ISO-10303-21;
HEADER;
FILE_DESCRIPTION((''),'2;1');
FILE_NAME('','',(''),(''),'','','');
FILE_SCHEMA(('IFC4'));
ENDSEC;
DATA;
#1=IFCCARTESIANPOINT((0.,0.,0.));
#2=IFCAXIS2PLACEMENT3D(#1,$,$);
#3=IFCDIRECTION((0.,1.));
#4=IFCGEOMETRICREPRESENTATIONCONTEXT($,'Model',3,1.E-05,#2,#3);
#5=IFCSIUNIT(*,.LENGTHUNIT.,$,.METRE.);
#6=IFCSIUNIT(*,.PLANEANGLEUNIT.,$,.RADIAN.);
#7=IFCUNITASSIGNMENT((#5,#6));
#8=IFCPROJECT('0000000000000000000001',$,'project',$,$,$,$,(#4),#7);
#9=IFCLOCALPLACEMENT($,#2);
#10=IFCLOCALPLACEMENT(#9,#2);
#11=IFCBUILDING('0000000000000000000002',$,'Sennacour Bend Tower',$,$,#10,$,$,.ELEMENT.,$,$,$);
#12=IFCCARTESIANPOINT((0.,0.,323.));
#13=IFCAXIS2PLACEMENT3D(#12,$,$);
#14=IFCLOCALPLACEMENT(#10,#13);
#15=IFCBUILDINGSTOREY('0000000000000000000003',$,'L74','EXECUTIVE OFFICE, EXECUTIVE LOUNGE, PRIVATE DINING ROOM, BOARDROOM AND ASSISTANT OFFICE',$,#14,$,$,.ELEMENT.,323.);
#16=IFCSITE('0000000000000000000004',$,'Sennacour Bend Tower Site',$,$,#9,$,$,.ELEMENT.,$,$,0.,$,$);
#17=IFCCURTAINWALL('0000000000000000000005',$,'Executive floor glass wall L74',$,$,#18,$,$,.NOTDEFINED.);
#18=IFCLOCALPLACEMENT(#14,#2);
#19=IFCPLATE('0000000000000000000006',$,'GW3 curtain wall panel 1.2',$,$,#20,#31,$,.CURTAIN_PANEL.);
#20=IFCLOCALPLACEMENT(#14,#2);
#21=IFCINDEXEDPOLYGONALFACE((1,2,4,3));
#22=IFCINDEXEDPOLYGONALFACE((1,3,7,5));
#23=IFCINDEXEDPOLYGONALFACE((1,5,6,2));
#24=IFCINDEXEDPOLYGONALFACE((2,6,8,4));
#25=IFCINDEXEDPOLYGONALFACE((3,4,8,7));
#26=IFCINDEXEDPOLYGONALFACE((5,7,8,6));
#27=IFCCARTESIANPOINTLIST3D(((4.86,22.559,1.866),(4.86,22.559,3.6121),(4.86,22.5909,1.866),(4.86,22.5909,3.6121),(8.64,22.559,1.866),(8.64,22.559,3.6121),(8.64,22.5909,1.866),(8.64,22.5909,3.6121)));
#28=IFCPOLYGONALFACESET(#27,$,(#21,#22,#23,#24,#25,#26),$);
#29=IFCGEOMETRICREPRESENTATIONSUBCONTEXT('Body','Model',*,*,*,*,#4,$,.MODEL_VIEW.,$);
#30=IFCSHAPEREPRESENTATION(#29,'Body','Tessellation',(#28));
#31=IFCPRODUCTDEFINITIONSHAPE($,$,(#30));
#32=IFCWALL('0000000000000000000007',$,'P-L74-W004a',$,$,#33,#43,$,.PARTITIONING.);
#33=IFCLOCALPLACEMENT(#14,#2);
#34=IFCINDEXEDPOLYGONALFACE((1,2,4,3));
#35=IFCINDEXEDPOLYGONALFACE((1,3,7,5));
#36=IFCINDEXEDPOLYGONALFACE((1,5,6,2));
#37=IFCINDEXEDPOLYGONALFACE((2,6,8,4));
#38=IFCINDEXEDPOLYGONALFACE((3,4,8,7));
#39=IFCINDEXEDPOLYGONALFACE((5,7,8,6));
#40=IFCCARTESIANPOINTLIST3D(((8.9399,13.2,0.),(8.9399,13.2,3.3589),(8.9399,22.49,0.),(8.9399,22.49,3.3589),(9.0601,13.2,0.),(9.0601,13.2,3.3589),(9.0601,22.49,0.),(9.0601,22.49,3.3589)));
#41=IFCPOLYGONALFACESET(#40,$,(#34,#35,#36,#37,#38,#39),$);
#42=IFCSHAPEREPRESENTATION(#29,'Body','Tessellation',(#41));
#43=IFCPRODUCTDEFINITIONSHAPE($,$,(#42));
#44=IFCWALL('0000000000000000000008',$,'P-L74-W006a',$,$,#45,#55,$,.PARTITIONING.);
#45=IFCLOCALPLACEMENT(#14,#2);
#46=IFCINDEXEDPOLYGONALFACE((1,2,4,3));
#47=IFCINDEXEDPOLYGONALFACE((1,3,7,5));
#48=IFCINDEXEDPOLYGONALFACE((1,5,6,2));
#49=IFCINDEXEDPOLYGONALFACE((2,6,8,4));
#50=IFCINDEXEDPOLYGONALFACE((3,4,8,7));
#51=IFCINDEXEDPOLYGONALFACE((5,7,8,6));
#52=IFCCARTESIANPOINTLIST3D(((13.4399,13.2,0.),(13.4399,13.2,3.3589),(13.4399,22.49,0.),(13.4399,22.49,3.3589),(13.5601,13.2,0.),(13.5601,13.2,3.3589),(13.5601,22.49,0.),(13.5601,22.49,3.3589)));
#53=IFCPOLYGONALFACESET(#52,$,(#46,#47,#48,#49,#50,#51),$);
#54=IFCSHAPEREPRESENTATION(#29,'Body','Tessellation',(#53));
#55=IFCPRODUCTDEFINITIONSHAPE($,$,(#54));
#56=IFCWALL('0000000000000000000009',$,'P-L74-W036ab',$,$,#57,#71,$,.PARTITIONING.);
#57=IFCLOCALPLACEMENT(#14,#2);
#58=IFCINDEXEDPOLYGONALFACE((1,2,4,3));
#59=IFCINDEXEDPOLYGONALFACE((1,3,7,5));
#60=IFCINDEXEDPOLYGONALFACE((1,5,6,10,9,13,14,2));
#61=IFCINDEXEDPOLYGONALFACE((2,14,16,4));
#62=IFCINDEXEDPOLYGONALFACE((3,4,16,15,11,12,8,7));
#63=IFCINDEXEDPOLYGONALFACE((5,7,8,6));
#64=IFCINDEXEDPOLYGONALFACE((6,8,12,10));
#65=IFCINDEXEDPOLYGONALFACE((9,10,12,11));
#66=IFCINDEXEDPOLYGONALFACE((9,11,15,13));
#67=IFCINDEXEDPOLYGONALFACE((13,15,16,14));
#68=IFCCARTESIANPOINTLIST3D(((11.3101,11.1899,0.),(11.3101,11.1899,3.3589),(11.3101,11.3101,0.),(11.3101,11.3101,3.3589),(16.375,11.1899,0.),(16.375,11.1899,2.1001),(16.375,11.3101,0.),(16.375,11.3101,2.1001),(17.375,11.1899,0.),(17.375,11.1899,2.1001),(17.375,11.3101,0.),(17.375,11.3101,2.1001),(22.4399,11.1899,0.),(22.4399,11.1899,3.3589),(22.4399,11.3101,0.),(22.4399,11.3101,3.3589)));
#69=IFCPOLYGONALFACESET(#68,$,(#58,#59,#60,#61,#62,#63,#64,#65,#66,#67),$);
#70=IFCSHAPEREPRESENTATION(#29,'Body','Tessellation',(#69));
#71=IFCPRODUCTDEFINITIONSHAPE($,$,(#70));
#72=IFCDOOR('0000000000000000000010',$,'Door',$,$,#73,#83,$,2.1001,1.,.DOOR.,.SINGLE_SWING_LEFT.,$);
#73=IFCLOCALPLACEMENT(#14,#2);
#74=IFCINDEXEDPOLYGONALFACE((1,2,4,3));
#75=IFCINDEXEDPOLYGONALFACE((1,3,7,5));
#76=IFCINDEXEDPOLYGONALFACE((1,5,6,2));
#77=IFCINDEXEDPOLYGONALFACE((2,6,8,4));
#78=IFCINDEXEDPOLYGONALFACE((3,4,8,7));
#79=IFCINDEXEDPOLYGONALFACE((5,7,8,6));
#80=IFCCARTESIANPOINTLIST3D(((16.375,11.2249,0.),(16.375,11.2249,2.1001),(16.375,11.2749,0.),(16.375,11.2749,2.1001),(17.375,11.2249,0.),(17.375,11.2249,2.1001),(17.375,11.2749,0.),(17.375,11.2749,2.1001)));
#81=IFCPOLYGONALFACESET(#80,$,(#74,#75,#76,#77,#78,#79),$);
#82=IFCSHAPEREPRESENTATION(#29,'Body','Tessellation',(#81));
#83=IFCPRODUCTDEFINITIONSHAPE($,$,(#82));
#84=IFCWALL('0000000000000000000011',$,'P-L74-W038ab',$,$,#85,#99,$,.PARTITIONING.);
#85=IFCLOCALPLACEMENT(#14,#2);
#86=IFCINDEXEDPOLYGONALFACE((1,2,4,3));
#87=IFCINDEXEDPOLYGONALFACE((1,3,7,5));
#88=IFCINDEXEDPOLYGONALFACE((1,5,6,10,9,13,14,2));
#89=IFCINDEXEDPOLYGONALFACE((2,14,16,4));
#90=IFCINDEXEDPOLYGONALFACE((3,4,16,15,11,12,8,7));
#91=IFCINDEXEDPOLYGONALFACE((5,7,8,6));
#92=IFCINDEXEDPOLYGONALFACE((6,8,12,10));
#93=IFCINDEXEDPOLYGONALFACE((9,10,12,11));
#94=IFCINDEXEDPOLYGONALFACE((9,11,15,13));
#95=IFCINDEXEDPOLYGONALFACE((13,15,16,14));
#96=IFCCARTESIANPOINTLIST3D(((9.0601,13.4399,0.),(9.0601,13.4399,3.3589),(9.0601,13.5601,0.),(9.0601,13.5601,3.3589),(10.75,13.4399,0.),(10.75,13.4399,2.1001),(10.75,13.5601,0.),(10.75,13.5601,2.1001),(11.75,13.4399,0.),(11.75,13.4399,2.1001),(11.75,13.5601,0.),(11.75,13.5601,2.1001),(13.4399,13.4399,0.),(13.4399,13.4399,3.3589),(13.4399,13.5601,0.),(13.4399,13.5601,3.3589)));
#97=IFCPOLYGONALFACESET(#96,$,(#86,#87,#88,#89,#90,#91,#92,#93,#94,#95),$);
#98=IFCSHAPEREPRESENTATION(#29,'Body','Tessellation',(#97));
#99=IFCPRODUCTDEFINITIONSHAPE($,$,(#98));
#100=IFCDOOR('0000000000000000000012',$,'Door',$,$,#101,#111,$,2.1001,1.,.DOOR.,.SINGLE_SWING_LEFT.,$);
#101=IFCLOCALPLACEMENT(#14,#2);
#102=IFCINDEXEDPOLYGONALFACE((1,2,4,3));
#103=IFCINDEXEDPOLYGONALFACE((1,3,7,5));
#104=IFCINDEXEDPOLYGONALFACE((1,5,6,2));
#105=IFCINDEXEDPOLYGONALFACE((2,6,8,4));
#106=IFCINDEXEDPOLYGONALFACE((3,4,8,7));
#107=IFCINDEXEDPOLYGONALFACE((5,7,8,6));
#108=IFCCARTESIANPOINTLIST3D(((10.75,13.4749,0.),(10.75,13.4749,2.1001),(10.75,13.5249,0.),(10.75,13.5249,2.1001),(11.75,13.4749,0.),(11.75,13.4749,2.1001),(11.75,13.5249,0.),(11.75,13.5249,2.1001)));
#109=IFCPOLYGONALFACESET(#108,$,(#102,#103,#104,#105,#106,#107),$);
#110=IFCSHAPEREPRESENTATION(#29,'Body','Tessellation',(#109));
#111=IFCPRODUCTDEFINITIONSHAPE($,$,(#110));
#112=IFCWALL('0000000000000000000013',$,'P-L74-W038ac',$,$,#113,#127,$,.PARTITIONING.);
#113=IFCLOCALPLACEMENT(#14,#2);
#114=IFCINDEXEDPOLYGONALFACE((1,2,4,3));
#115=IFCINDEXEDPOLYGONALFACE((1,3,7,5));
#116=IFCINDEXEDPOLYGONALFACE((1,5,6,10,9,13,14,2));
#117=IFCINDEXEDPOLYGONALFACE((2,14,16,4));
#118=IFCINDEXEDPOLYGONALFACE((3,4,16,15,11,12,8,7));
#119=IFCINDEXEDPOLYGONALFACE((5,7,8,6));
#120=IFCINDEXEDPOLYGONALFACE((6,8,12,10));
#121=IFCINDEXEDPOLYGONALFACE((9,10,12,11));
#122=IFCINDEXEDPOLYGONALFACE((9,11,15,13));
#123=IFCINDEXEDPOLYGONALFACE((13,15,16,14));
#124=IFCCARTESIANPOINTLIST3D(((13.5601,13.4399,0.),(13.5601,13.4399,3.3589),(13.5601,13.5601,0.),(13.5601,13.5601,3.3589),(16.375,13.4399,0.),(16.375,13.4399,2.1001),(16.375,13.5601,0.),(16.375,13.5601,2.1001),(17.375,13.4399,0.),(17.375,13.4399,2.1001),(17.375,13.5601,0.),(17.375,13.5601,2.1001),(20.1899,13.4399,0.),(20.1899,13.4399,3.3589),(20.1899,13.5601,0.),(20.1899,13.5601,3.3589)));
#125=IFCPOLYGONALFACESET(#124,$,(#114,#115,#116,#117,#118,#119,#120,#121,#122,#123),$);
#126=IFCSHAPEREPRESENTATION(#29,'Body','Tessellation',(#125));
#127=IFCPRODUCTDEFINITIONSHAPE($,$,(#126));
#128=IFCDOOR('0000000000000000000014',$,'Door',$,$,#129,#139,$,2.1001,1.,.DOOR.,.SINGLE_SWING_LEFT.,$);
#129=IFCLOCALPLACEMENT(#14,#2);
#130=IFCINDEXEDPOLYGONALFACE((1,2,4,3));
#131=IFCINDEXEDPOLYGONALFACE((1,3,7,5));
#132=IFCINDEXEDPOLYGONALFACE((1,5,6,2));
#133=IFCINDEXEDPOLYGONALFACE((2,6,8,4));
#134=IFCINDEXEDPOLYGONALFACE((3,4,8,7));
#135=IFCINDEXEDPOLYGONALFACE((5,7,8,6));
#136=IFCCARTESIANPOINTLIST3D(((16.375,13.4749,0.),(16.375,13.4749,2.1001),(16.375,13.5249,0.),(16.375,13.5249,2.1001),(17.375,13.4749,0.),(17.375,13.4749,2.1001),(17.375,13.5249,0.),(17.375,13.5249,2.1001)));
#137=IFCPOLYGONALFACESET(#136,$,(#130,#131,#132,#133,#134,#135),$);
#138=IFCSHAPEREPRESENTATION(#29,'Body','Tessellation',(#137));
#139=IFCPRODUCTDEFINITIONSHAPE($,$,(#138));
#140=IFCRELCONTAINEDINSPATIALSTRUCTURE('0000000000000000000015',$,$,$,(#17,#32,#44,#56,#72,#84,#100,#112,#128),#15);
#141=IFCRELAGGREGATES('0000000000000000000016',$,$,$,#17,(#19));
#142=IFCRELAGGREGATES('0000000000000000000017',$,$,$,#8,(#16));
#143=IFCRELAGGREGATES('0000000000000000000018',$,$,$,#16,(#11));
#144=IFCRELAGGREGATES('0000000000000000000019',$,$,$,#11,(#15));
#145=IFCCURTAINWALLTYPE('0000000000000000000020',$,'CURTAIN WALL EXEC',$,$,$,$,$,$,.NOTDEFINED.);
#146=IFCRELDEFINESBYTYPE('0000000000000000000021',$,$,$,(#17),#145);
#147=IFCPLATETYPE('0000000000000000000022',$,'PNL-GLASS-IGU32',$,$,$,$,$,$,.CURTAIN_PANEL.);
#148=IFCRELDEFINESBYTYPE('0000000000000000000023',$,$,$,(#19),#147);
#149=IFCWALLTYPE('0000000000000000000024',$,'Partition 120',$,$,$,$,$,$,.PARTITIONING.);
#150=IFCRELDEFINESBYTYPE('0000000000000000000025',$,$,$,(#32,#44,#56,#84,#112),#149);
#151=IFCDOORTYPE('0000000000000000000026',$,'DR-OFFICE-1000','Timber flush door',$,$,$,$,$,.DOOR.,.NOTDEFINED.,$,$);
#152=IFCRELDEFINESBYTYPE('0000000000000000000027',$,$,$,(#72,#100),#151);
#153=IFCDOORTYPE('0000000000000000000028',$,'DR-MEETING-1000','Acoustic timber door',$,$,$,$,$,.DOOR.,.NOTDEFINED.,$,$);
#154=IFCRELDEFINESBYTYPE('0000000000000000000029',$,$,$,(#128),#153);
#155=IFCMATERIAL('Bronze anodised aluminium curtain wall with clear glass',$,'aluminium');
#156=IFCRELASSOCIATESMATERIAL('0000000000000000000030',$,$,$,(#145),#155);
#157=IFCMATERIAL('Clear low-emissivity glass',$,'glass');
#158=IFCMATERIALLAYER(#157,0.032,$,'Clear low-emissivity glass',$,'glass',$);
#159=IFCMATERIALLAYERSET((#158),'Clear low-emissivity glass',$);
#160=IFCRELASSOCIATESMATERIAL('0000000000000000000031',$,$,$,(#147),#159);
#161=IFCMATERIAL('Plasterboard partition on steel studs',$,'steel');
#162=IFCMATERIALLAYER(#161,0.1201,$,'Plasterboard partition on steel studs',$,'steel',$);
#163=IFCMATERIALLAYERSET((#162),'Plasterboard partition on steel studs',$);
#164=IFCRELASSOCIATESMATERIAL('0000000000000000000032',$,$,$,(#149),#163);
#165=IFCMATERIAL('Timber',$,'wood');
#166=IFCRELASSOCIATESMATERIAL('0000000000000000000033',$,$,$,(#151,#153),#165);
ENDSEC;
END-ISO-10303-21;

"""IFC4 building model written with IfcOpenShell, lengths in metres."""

from ifc_helpers import new_model, si_unit, direction, frame, frame_2d, origin, origin_2d, place, context, subcontext, project, spatial, rectangle, extrude, material, layer, layer_set, type_object, element, fill, aggregate, save


model = new_model("IFC4")

# Units and contexts
model_context = context("Model", 3, precision=1e-05, world=origin(), true_north=direction((0.0, 1.0)))
body_context = subcontext(model_context, "Body", "Model", "MODEL_VIEW")
ifc_project = project(units=[si_unit("LENGTHUNIT", "METRE"), si_unit("PLANEANGLEUNIT", "RADIAN")], contexts=[model_context])

# Site, building, storey
site_placement = place(None, origin())
site = spatial("IfcSite", under=ifc_project, at=site_placement, Name="Sennacour Bend Tower Site", CompositionType="ELEMENT", RefElevation=0.0)
building_placement = place(site_placement, origin())
building = spatial("IfcBuilding", under=site, at=building_placement, Name="Sennacour Bend Tower", CompositionType="ELEMENT")
storey_placement = place(building_placement, frame((0.0, 0.0, 323.0)))
storey = spatial("IfcBuildingStorey", under=building, at=storey_placement, Name="L74", Description="EXECUTIVE OFFICE, EXECUTIVE LOUNGE, PRIVATE DINING ROOM, BOARDROOM AND ASSISTANT OFFICE", CompositionType="ELEMENT", Elevation=323.0)

# Shared definitions
ifc_material_1 = material(Name="Bronze anodised aluminium curtain wall with clear glass", Category="aluminium")
curtain_wall_type = type_object("IfcCurtainWallType", Name="CURTAIN WALL EXEC", PredefinedType="NOTDEFINED", material=ifc_material_1)

# Curtain wall
curtain_wall_1_placement = place(storey_placement, origin())
curtain_wall_1 = element("IfcCurtainWall", 1, at=curtain_wall_1_placement, inside=storey, type_object=curtain_wall_type, Name="Executive floor glass wall L74", PredefinedType="NOTDEFINED")

# Plate
ifc_material_2 = material(Name="Clear low-emissivity glass", Category="glass")
ifc_layer_1 = layer(ifc_material_2, 0.032, Name="Clear low-emissivity glass", Category="glass")
ifc_layer_set_1 = layer_set([ifc_layer_1], Name="Clear low-emissivity glass")
plate_type = type_object("IfcPlateType", Name="PNL-GLASS-IGU32", PredefinedType="CURTAIN_PANEL", material=ifc_layer_set_1)
plate_1_placement = place(storey_placement, frame((6.75, 22.575, 1.866), z_axis=(0.0, 0.0, 1.0), x_axis=(-1.0, 0.0, 0.0)))
plate_1 = element("IfcPlate", 2, at=plate_1_placement, type_object=plate_type, Name="GW3 curtain wall panel 1.2", PredefinedType="CURTAIN_PANEL", context=body_context, shape_type="SweptSolid", body=[
    extrude(rectangle(XDim=3.78, YDim=0.032, at=origin_2d()), origin(), (0.0, 0.0, 1.0), 1.7461),
])
aggregate(curtain_wall_1, [plate_1])

# Walls
ifc_material_3 = material(Name="Plasterboard partition on steel studs", Category="steel")
ifc_layer_2 = layer(ifc_material_3, 0.1201, Name="Plasterboard partition on steel studs", Category="steel")
ifc_layer_set_2 = layer_set([ifc_layer_2], Name="Plasterboard partition on steel studs")
wall_type = type_object("IfcWallType", Name="Partition 120", PredefinedType="PARTITIONING", material=ifc_layer_set_2)
for number, where, z_axis, x_axis, name in (
    (3, (9.0, 13.2, 0.0), (0.0, 0.0, 1.0), (0.0, 1.0, 0.0), "P-L74-W004a"),
    (4, (13.5, 13.2, 0.0), (0.0, 0.0, 1.0), (0.0, 1.0, 0.0), "P-L74-W006a"),
):
    element("IfcWall", number, at=place(storey_placement, frame(where, z_axis=z_axis, x_axis=x_axis)), inside=storey, type_object=wall_type, Name=name, PredefinedType="PARTITIONING", context=body_context, shape_type="SweptSolid", body=[
        extrude(rectangle(XDim=9.29, YDim=0.1201, at=frame_2d((4.645, 0.0))), origin(), (0.0, 0.0, 1.0), 3.3589),
    ])

# Walls, openings, doors
wall_1_placement = place(storey_placement, frame((11.3101, 11.25, 0.0), z_axis=(0.0, 0.0, 1.0), x_axis=(1.0, 0.0, 0.0)))
wall_1 = element("IfcWall", 5, at=wall_1_placement, inside=storey, type_object=wall_type, Name="P-L74-W036ab", PredefinedType="PARTITIONING", context=body_context, shape_type="SweptSolid", body=[
    extrude(rectangle(XDim=11.1299, YDim=0.1201, at=frame_2d((5.5649, 0.0))), origin(), (0.0, 0.0, 1.0), 3.3589),
])
opening_1_placement = place(wall_1_placement, frame((5.0649, 0.0, 0.0)))
opening_1 = element("IfcOpeningElement", 6, at=opening_1_placement, cuts=wall_1, PredefinedType="OPENING", context=body_context, shape_type="SweptSolid", body=[
    extrude(rectangle(XDim=1.0, YDim=2.1001, at=frame_2d((0.5, 1.05))), frame((0.0, 0.0701, 0.0), z_axis=(0.0, -1.0, 0.0), x_axis=(1.0, 0.0, 0.0)), (0.0, 0.0, 1.0), 0.1401),
])
ifc_material_4 = material(Name="Timber", Category="wood")
door_type_1 = type_object("IfcDoorType", Name="DR-OFFICE-1000", Description="Timber flush door", OperationType="NOTDEFINED", PredefinedType="DOOR", material=ifc_material_4)
door_1_placement = place(opening_1_placement, origin())
door_1 = element("IfcDoor", 7, at=door_1_placement, inside=storey, type_object=door_type_1, Name="Door", OperationType="SINGLE_SWING_LEFT", OverallHeight=2.1001, OverallWidth=1.0, PredefinedType="DOOR", context=body_context, shape_type="SweptSolid", body=[
    extrude(rectangle(XDim=1.0, YDim=2.1001, at=frame_2d((0.5, 1.05))), frame((0.0, 0.0249, 0.0), z_axis=(0.0, -1.0, 0.0), x_axis=(1.0, 0.0, 0.0)), (0.0, 0.0, 1.0), 0.05),
])
fill(opening_1, door_1)
wall_2_placement = place(storey_placement, frame((9.0601, 13.5, 0.0), z_axis=(0.0, 0.0, 1.0), x_axis=(1.0, 0.0, 0.0)))
wall_2 = element("IfcWall", 8, at=wall_2_placement, inside=storey, type_object=wall_type, Name="P-L74-W038ab", PredefinedType="PARTITIONING", context=body_context, shape_type="SweptSolid", body=[
    extrude(rectangle(XDim=4.3799, YDim=0.1201, at=frame_2d((2.1899, 0.0))), origin(), (0.0, 0.0, 1.0), 3.3589),
])
opening_2_placement = place(wall_2_placement, frame((1.6899, 0.0, 0.0)))
opening_2 = element("IfcOpeningElement", 9, at=opening_2_placement, cuts=wall_2, PredefinedType="OPENING", context=body_context, shape_type="SweptSolid", body=[
    extrude(rectangle(XDim=1.0, YDim=2.1001, at=frame_2d((0.5, 1.05))), frame((0.0, 0.0701, 0.0), z_axis=(0.0, -1.0, 0.0), x_axis=(1.0, 0.0, 0.0)), (0.0, 0.0, 1.0), 0.1401),
])
door_2_placement = place(opening_2_placement, origin())
door_2 = element("IfcDoor", 10, at=door_2_placement, inside=storey, type_object=door_type_1, Name="Door", OperationType="SINGLE_SWING_LEFT", OverallHeight=2.1001, OverallWidth=1.0, PredefinedType="DOOR", context=body_context, shape_type="SweptSolid", body=[
    extrude(rectangle(XDim=1.0, YDim=2.1001, at=frame_2d((0.5, 1.05))), frame((0.0, 0.0249, 0.0), z_axis=(0.0, -1.0, 0.0), x_axis=(1.0, 0.0, 0.0)), (0.0, 0.0, 1.0), 0.05),
])
fill(opening_2, door_2)
wall_3_placement = place(storey_placement, frame((13.5601, 13.5, 0.0), z_axis=(0.0, 0.0, 1.0), x_axis=(1.0, 0.0, 0.0)))
wall_3 = element("IfcWall", 11, at=wall_3_placement, inside=storey, type_object=wall_type, Name="P-L74-W038ac", PredefinedType="PARTITIONING", context=body_context, shape_type="SweptSolid", body=[
    extrude(rectangle(XDim=6.6299, YDim=0.1201, at=frame_2d((3.3149, 0.0))), origin(), (0.0, 0.0, 1.0), 3.3589),
])
opening_3_placement = place(wall_3_placement, frame((2.8149, 0.0, 0.0)))
opening_3 = element("IfcOpeningElement", 12, at=opening_3_placement, cuts=wall_3, PredefinedType="OPENING", context=body_context, shape_type="SweptSolid", body=[
    extrude(rectangle(XDim=1.0, YDim=2.1001, at=frame_2d((0.5, 1.05))), frame((0.0, 0.0701, 0.0), z_axis=(0.0, -1.0, 0.0), x_axis=(1.0, 0.0, 0.0)), (0.0, 0.0, 1.0), 0.1401),
])
door_type_2 = type_object("IfcDoorType", Name="DR-MEETING-1000", Description="Acoustic timber door", OperationType="NOTDEFINED", PredefinedType="DOOR", material=ifc_material_4)
door_3_placement = place(opening_3_placement, origin())
door_3 = element("IfcDoor", 13, at=door_3_placement, inside=storey, type_object=door_type_2, Name="Door", OperationType="SINGLE_SWING_LEFT", OverallHeight=2.1001, OverallWidth=1.0, PredefinedType="DOOR", context=body_context, shape_type="SweptSolid", body=[
    extrude(rectangle(XDim=1.0, YDim=2.1001, at=frame_2d((0.5, 1.05))), frame((0.0, 0.0249, 0.0), z_axis=(0.0, -1.0, 0.0), x_axis=(1.0, 0.0, 0.0)), (0.0, 0.0, 1.0), 0.05),
])
fill(opening_3, door_3)

save(model, "model.ifc")
